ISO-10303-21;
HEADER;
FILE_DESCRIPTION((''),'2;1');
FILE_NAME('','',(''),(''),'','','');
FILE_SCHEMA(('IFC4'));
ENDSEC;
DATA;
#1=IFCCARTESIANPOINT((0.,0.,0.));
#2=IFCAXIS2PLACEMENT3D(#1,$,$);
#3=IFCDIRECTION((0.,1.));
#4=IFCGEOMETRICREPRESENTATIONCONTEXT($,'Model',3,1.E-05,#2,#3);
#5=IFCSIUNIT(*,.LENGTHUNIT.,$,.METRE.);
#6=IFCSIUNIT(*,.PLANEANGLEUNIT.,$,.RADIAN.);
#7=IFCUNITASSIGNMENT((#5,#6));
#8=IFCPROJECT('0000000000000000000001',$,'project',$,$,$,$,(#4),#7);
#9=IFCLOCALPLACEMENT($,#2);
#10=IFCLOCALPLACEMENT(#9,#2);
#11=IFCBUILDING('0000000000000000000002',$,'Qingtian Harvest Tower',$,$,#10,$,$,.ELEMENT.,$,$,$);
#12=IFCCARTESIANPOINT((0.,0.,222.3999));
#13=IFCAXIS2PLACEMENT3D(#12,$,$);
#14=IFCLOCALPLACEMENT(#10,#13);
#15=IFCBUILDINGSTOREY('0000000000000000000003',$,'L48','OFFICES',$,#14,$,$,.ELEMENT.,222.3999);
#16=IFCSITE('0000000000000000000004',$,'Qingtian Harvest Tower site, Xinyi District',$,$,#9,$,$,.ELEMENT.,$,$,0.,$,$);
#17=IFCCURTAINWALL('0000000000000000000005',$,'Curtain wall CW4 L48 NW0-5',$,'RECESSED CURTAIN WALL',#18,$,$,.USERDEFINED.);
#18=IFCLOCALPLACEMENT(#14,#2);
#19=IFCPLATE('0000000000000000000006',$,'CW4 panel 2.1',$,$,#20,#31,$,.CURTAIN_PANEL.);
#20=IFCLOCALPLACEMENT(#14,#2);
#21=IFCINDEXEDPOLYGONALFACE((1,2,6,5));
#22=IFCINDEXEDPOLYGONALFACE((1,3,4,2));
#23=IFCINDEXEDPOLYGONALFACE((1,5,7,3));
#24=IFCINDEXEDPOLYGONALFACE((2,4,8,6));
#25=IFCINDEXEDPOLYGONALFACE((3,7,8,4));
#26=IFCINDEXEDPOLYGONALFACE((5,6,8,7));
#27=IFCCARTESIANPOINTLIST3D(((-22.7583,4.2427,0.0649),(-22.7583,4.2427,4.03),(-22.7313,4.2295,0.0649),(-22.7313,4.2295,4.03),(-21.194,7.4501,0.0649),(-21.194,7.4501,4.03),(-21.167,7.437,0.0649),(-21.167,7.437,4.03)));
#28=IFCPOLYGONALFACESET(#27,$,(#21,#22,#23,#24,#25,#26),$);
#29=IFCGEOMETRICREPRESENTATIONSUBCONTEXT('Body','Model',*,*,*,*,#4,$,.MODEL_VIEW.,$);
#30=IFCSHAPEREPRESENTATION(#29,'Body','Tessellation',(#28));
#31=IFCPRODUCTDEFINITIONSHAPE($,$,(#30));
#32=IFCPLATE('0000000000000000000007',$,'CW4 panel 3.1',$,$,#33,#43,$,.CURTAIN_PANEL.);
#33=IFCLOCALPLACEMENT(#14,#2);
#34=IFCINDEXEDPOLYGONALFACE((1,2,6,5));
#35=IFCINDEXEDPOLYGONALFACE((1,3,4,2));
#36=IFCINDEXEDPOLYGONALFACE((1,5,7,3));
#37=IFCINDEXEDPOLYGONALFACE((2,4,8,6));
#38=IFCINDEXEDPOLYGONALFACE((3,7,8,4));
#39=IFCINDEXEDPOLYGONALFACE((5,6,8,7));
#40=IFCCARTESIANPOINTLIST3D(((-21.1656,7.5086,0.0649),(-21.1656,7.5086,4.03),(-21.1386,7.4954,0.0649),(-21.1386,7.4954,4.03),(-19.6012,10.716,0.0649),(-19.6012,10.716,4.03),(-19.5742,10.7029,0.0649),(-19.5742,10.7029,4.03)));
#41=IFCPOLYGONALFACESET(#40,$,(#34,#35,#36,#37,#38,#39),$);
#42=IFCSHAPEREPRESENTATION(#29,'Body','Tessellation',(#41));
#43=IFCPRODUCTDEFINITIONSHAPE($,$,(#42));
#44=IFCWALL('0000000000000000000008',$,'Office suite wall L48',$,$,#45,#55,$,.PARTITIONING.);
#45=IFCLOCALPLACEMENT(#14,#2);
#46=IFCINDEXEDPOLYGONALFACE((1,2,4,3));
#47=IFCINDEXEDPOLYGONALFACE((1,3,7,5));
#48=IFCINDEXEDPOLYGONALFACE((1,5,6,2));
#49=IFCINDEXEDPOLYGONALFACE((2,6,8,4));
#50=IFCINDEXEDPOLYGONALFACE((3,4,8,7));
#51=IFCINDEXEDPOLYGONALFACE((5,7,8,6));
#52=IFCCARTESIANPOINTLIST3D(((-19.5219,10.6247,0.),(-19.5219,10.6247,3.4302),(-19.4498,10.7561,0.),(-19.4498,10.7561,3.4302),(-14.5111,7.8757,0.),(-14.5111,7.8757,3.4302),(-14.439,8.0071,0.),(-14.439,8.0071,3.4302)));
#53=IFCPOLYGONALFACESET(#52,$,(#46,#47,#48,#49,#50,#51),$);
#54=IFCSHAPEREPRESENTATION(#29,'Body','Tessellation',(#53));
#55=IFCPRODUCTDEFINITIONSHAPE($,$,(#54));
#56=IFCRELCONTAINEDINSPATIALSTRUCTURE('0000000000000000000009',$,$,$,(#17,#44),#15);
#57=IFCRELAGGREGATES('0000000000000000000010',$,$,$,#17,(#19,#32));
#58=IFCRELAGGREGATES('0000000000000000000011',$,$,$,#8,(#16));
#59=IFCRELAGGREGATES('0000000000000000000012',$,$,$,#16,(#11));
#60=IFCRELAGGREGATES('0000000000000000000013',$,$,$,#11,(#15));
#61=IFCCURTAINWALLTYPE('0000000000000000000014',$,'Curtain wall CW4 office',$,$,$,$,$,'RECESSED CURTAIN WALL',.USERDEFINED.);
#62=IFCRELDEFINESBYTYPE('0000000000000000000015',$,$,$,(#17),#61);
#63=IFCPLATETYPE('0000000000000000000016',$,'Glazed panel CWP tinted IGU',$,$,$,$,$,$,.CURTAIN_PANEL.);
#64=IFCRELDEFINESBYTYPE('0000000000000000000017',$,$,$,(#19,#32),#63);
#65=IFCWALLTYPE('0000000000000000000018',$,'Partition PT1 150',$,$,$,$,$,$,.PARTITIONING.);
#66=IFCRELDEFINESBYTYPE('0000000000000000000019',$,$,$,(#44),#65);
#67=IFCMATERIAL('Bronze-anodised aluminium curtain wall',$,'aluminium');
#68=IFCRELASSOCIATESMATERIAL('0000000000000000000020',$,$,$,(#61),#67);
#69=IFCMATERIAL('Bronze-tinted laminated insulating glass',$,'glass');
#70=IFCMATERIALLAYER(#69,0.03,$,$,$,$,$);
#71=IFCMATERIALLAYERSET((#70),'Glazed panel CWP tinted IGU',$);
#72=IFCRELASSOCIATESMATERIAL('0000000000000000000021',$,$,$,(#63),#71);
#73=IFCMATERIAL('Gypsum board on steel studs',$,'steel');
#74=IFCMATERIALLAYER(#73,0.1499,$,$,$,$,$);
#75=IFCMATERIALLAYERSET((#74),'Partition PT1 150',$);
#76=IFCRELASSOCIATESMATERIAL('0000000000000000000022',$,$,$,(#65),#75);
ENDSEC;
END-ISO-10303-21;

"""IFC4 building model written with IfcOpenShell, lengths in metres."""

from ifc_helpers import new_model, si_unit, direction, frame, frame_2d, origin, origin_2d, place, context, subcontext, project, spatial, rectangle, extrude, material, layer, layer_set, type_object, element, aggregate, save


model = new_model("IFC4")

# Units and contexts
model_context = context("Model", 3, precision=1e-05, world=origin(), true_north=direction((0.0, 1.0)))
body_context = subcontext(model_context, "Body", "Model", "MODEL_VIEW")
ifc_project = project(units=[si_unit("LENGTHUNIT", "METRE"), si_unit("PLANEANGLEUNIT", "RADIAN")], contexts=[model_context])

# Site, building, storey
site_placement = place(None, origin())
site = spatial("IfcSite", under=ifc_project, at=site_placement, Name="Qingtian Harvest Tower site, Xinyi District", CompositionType="ELEMENT", RefElevation=0.0)
building_placement = place(site_placement, origin())
building = spatial("IfcBuilding", under=site, at=building_placement, Name="Qingtian Harvest Tower", CompositionType="ELEMENT")
storey_placement = place(building_placement, frame((0.0, 0.0, 222.3999)))
storey = spatial("IfcBuildingStorey", under=building, at=storey_placement, Name="L48", Description="OFFICES", CompositionType="ELEMENT", Elevation=222.3999)

# Curtain wall
ifc_material_1 = material(Name="Bronze-anodised aluminium curtain wall", Category="aluminium")
curtain_wall_type = type_object("IfcCurtainWallType", Name="Curtain wall CW4 office", ElementType="RECESSED CURTAIN WALL", PredefinedType="USERDEFINED", material=ifc_material_1)
curtain_wall_placement = place(storey_placement, origin())
curtain_wall = element("IfcCurtainWall", 1, at=curtain_wall_placement, inside=storey, type_object=curtain_wall_type, Name="Curtain wall CW4 L48 NW0-5", ObjectType="RECESSED CURTAIN WALL", PredefinedType="USERDEFINED")

# Plates
ifc_material_2 = material(Name="Bronze-tinted laminated insulating glass", Category="glass")
ifc_layer_1 = layer(ifc_material_2, 0.03)
ifc_layer_set_1 = layer_set([ifc_layer_1], Name="Glazed panel CWP tinted IGU")
plate_type = type_object("IfcPlateType", Name="Glazed panel CWP tinted IGU", PredefinedType="CURTAIN_PANEL", material=ifc_layer_set_1)
plate_1_placement = place(storey_placement, frame((-21.9626, 5.8398, 0.0649), z_axis=(0.0, 0.0, 1.0), x_axis=(0.438371, 0.898794, 0.0)))
plate_1 = element("IfcPlate", 2, at=plate_1_placement, type_object=plate_type, Name="CW4 panel 2.1", PredefinedType="CURTAIN_PANEL", context=body_context, shape_type="SweptSolid", body=[
    extrude(rectangle(XDim=3.5686, YDim=0.03, at=origin_2d()), origin(), (0.0, 0.0, 1.0), 3.9651),
])
plate_2_placement = place(storey_placement, frame((-20.3699, 9.1057, 0.0649), z_axis=(0.0, 0.0, 1.0), x_axis=(0.438371, 0.898794, 0.0)))
plate_2 = element("IfcPlate", 3, at=plate_2_placement, type_object=plate_type, Name="CW4 panel 3.1", PredefinedType="CURTAIN_PANEL", context=body_context, shape_type="SweptSolid", body=[
    extrude(rectangle(XDim=3.5686, YDim=0.03, at=origin_2d()), origin(), (0.0, 0.0, 1.0), 3.9651),
])
aggregate(curtain_wall, [plate_1, plate_2])

# Wall
ifc_material_3 = material(Name="Gypsum board on steel studs", Category="steel")
ifc_layer_2 = layer(ifc_material_3, 0.1499)
ifc_layer_set_2 = layer_set([ifc_layer_2], Name="Partition PT1 150")
wall_type_1 = type_object("IfcWallType", Name="Partition PT1 150", PredefinedType="PARTITIONING", material=ifc_layer_set_2)
wall_1_placement = place(storey_placement, frame((-19.4858, 10.6904, 0.0), z_axis=(0.0, 0.0, 1.0), x_axis=(0.876724, -0.480994, 0.0)))
element("IfcWall", 4, at=wall_1_placement, inside=storey, type_object=wall_type_1, Name="Office suite wall L48", PredefinedType="PARTITIONING", context=body_context, shape_type="SweptSolid", body=[
    extrude(rectangle(XDim=5.7153, YDim=0.1499, at=frame_2d((2.8577, 0.0))), origin(), (0.0, 0.0, 1.0), 3.4302),
])

save(model, "model.ifc")
